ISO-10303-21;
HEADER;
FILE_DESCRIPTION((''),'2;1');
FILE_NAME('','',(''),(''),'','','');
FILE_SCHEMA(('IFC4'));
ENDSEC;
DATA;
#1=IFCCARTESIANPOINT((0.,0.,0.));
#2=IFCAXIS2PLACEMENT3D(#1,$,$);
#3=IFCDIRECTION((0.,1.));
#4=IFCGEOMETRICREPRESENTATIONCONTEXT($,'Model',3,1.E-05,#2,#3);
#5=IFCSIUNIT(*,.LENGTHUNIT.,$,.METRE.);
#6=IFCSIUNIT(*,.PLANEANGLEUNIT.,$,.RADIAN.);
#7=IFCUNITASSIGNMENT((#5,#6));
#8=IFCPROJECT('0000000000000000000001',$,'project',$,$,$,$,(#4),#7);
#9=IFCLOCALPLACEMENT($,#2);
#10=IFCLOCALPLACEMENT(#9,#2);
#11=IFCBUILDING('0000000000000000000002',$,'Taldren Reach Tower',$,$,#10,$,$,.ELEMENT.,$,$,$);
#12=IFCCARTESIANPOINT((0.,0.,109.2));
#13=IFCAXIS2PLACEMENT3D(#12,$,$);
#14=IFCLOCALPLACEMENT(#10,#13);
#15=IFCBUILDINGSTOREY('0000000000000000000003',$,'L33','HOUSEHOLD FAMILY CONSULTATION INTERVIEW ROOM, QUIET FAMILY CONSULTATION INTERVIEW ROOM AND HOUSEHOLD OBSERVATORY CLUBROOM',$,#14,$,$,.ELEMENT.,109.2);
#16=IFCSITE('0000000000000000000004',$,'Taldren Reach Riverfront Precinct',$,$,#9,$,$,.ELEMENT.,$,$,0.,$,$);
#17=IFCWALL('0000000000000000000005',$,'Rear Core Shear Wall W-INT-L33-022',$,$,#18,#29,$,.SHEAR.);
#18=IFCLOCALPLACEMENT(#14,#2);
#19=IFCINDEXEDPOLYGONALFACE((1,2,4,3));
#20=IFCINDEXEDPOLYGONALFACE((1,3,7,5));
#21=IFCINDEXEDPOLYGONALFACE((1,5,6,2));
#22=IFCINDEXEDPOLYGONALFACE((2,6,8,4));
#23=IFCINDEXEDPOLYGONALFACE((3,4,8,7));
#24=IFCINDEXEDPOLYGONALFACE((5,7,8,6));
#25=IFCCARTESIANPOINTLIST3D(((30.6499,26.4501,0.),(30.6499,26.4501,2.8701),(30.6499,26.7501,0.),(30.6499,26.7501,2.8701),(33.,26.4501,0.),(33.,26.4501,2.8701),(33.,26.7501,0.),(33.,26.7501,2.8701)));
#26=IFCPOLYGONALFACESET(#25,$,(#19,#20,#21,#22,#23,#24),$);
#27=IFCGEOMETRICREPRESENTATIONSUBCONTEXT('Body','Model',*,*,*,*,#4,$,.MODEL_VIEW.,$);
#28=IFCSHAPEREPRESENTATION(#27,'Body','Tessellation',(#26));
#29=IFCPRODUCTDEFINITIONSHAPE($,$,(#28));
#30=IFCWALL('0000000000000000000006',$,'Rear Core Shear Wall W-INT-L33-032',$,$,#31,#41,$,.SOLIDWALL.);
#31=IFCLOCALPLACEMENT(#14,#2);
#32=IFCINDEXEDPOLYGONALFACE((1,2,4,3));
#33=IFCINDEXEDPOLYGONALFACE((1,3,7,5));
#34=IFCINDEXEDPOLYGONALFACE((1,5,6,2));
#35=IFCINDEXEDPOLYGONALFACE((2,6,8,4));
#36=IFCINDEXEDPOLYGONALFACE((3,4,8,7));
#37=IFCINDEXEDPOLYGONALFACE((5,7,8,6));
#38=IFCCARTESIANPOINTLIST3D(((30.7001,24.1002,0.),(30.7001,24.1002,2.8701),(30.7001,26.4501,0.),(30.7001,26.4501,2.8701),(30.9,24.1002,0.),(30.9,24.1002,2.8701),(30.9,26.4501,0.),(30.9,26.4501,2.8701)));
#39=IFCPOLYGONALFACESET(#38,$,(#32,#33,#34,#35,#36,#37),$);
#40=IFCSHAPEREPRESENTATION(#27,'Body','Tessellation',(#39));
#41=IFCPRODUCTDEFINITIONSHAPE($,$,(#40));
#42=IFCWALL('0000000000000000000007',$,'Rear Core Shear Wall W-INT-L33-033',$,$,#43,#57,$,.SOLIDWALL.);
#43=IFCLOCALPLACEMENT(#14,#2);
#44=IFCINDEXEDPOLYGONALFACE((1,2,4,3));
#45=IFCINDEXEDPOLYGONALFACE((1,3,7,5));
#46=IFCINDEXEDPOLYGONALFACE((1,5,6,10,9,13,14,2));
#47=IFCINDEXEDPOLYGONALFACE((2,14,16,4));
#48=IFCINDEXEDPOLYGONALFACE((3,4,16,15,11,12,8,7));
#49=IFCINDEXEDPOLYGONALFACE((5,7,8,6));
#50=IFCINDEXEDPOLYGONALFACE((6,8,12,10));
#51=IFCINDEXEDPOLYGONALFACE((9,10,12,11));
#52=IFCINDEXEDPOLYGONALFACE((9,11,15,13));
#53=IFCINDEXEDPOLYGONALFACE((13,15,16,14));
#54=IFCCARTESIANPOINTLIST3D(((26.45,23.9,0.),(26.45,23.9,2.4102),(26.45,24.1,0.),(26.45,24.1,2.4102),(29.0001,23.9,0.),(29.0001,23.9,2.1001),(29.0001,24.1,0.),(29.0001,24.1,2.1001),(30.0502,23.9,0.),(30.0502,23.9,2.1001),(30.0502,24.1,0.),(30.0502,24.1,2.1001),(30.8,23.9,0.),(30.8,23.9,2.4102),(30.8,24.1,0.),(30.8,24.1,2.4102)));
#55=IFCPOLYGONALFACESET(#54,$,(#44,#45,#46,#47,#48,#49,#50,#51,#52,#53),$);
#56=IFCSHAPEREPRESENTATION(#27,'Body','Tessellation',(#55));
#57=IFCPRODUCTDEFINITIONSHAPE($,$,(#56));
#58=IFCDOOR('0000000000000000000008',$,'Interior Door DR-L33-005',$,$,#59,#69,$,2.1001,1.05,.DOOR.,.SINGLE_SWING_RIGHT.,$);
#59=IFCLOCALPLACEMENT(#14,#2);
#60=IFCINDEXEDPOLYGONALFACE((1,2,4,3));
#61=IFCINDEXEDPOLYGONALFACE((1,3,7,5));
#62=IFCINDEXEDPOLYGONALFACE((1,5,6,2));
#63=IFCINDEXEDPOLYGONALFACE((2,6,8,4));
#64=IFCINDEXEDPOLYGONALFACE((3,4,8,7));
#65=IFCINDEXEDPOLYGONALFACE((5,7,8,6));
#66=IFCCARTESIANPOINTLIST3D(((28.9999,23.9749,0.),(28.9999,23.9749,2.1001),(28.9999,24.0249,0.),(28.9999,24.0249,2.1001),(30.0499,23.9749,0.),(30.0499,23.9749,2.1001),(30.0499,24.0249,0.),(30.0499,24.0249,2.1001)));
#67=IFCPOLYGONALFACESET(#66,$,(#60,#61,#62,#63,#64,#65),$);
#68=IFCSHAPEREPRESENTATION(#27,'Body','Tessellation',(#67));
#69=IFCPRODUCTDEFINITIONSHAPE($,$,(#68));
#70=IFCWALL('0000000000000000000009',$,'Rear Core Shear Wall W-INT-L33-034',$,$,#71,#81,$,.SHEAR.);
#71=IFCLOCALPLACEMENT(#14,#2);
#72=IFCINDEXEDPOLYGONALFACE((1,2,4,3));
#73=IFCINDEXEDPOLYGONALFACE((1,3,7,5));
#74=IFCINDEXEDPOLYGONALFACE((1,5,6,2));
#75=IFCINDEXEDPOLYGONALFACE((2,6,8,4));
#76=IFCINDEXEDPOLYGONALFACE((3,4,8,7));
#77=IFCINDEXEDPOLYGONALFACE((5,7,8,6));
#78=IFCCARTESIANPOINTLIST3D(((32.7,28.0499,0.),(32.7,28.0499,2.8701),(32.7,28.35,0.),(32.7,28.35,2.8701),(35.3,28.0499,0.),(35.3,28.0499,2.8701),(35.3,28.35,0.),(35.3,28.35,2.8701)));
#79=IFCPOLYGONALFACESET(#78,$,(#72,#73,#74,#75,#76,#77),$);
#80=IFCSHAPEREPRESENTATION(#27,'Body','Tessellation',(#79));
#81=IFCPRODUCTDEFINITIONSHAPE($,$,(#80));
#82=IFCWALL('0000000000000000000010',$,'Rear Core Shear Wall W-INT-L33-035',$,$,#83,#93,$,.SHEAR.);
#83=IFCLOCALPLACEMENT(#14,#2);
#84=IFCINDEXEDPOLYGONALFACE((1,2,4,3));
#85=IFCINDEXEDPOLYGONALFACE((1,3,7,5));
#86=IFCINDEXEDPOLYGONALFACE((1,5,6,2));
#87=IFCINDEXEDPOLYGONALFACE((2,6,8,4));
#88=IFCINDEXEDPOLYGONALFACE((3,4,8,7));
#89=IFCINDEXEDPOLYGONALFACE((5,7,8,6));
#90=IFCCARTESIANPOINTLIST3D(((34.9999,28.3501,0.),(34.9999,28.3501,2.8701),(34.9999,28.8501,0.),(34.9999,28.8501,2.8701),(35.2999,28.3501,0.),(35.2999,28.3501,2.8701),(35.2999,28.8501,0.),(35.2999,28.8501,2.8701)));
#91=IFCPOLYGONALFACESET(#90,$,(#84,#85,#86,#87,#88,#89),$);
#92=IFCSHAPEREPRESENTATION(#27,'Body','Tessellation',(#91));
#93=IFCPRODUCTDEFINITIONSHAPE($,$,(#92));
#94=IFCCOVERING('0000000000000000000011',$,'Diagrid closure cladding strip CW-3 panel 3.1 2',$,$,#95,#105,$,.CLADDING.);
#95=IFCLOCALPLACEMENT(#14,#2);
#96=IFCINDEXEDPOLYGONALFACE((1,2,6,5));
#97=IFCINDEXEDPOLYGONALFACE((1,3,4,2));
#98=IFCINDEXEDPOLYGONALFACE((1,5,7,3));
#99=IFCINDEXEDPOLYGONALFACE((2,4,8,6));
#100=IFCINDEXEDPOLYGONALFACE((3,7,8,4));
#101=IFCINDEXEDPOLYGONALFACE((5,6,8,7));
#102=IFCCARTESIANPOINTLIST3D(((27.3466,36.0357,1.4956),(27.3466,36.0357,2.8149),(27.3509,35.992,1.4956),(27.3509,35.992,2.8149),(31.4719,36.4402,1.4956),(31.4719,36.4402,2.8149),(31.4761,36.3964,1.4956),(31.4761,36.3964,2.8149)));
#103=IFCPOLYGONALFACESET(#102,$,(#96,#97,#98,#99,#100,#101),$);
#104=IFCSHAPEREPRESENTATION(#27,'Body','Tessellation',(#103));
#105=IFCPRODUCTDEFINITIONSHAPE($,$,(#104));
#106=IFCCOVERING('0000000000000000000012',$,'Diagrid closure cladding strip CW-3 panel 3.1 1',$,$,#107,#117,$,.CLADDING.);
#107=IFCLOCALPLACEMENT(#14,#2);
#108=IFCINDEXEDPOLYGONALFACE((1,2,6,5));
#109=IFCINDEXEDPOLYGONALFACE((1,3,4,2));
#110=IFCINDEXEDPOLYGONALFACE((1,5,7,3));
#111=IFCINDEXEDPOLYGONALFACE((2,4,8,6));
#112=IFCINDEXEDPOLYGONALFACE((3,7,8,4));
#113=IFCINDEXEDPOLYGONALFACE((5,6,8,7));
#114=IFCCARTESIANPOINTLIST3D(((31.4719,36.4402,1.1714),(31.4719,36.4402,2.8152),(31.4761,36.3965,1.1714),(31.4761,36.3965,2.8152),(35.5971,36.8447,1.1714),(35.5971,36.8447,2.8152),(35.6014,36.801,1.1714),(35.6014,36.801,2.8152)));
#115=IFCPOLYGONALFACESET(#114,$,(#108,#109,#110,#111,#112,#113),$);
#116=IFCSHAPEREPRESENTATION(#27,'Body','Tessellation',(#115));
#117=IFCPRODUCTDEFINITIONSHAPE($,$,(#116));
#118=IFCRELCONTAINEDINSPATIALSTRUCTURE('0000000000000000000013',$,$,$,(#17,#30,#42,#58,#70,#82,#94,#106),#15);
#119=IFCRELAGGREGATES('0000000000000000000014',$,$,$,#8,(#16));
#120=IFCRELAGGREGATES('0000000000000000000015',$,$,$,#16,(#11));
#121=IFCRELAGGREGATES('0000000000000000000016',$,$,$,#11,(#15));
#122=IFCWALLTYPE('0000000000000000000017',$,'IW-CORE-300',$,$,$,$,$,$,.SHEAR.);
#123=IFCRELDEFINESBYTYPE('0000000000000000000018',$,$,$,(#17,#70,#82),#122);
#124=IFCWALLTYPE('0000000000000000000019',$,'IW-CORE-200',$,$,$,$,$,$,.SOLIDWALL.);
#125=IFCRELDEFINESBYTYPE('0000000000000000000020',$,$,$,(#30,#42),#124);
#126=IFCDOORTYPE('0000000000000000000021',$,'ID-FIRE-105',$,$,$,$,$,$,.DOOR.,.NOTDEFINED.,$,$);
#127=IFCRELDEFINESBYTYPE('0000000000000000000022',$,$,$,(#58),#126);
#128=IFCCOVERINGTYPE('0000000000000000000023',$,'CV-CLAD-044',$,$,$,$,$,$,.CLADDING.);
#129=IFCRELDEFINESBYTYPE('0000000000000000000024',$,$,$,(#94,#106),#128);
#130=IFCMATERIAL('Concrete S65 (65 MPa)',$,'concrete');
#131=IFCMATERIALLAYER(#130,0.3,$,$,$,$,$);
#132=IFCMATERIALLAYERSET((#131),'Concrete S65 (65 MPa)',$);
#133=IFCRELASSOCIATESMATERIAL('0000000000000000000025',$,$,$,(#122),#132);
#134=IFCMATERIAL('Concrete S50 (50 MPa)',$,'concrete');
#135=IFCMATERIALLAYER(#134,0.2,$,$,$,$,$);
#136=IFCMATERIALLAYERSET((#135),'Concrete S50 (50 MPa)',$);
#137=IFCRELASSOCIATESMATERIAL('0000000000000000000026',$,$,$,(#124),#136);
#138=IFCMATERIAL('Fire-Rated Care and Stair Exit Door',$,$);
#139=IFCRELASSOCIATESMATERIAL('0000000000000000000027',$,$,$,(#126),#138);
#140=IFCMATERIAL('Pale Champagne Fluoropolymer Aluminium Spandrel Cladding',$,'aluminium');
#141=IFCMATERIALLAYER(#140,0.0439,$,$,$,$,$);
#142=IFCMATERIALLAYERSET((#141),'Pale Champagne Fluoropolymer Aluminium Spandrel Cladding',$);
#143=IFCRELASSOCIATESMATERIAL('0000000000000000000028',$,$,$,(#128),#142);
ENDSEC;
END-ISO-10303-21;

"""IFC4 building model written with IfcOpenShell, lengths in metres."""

from ifc_helpers import new_model, si_unit, direction, frame, frame_2d, origin, origin_2d, place, context, subcontext, project, spatial, rectangle, extrude, source, transform, mapped, material, layer, layer_set, type_object, element, fill, save


model = new_model("IFC4")

# Units and contexts
model_context = context("Model", 3, precision=1e-05, world=origin(), true_north=direction((0.0, 1.0)))
body_context = subcontext(model_context, "Body", "Model", "MODEL_VIEW")
ifc_project = project(units=[si_unit("LENGTHUNIT", "METRE"), si_unit("PLANEANGLEUNIT", "RADIAN")], contexts=[model_context])

# Site, building, storey
site_placement = place(None, origin())
site = spatial("IfcSite", under=ifc_project, at=site_placement, Name="Taldren Reach Riverfront Precinct", CompositionType="ELEMENT", RefElevation=0.0)
building_placement = place(site_placement, origin())
building = spatial("IfcBuilding", under=site, at=building_placement, Name="Taldren Reach Tower", CompositionType="ELEMENT")
storey_placement = place(building_placement, frame((0.0, 0.0, 109.2)))
storey = spatial("IfcBuildingStorey", under=building, at=storey_placement, Name="L33", Description="HOUSEHOLD FAMILY CONSULTATION INTERVIEW ROOM, QUIET FAMILY CONSULTATION INTERVIEW ROOM AND HOUSEHOLD OBSERVATORY CLUBROOM", CompositionType="ELEMENT", Elevation=109.2)

# Wall
ifc_material_1 = material(Name="Concrete S65 (65 MPa)", Category="concrete")
ifc_layer_1 = layer(ifc_material_1, 0.3)
ifc_layer_set_1 = layer_set([ifc_layer_1], Name="Concrete S65 (65 MPa)")
wall_type_1 = type_object("IfcWallType", Name="IW-CORE-300", PredefinedType="SHEAR", material=ifc_layer_set_1)
shared_shape_1 = source(origin(), body_context, "Body", "SweptSolid", [
    extrude(rectangle(XDim=2.3501, YDim=0.3, at=frame_2d((1.175, 0.0))), origin(), (0.0, 0.0, 1.0), 2.8701),
])
wall_1_placement = place(storey_placement, frame((30.6499, 26.6001, 0.0), z_axis=(0.0, 0.0, 1.0), x_axis=(1.0, 0.0, 0.0)))
element("IfcWall", 1, at=wall_1_placement, inside=storey, type_object=wall_type_1, Name="Rear Core Shear Wall W-INT-L33-022", PredefinedType="SHEAR", context=body_context, shape_type="MappedRepresentation", body=[
    mapped(shared_shape_1, transform((0.0, 0.0, 0.0), scale=1.0)),
])

# Wall
ifc_material_2 = material(Name="Concrete S50 (50 MPa)", Category="concrete")
ifc_layer_2 = layer(ifc_material_2, 0.2)
ifc_layer_set_2 = layer_set([ifc_layer_2], Name="Concrete S50 (50 MPa)")
wall_type_2 = type_object("IfcWallType", Name="IW-CORE-200", PredefinedType="SOLIDWALL", material=ifc_layer_set_2)
shared_shape_2 = source(origin(), body_context, "Body", "SweptSolid", [
    extrude(rectangle(XDim=2.3499, YDim=0.2, at=frame_2d((1.1748, 0.0))), origin(), (0.0, 0.0, 1.0), 2.8701),
])
wall_2_placement = place(storey_placement, frame((30.8, 26.45, 0.0), z_axis=(0.0, 0.0, 1.0), x_axis=(0.0, -1.0, 0.0)))
element("IfcWall", 2, at=wall_2_placement, inside=storey, type_object=wall_type_2, Name="Rear Core Shear Wall W-INT-L33-032", PredefinedType="SOLIDWALL", context=body_context, shape_type="MappedRepresentation", body=[
    mapped(shared_shape_2, transform((0.0, 0.0, 0.0), scale=1.0)),
])

# Wall, opening, door
shared_shape_3 = source(origin(), body_context, "Body", "SweptSolid", [
    extrude(rectangle(XDim=4.3501, YDim=0.2, at=frame_2d((2.175, 0.0))), origin(), (0.0, 0.0, 1.0), 2.4102),
])
wall_3_placement = place(storey_placement, frame((30.8, 24.0, 0.0), z_axis=(0.0, 0.0, 1.0), x_axis=(-1.0, 0.0, 0.0)))
wall_3 = element("IfcWall", 3, at=wall_3_placement, inside=storey, type_object=wall_type_2, Name="Rear Core Shear Wall W-INT-L33-033", PredefinedType="SOLIDWALL", context=body_context, shape_type="MappedRepresentation", body=[
    mapped(shared_shape_3, transform((0.0, 0.0, 0.0), scale=1.0)),
])
shared_shape_4 = source(origin(), body_context, "Body", "SweptSolid", [
    extrude(rectangle(XDim=1.05, YDim=2.1001, at=frame_2d((0.5249, 1.05))), frame((0.0, 0.1099, 0.0), z_axis=(0.0, -1.0, 0.0), x_axis=(1.0, 0.0, 0.0)), (0.0, 0.0, 1.0), 0.22),
])
opening_1_placement = place(wall_3_placement, frame((0.75, 0.0, 0.0)))
opening_1 = element("IfcOpeningElement", 4, at=opening_1_placement, cuts=wall_3, PredefinedType="OPENING", context=body_context, shape_type="MappedRepresentation", body=[
    mapped(shared_shape_4, transform((0.0, 0.0, 0.0), scale=1.0)),
])
ifc_material_3 = material(Name="Fire-Rated Care and Stair Exit Door")
door_type_1 = type_object("IfcDoorType", Name="ID-FIRE-105", OperationType="NOTDEFINED", PredefinedType="DOOR", material=ifc_material_3)
shared_shape_5 = source(origin(), body_context, "Body", "SweptSolid", [
    extrude(rectangle(XDim=1.05, YDim=2.1001, at=frame_2d((0.5249, 1.05))), frame((0.0, 0.0249, 0.0), z_axis=(0.0, -1.0, 0.0), x_axis=(1.0, 0.0, 0.0)), (0.0, 0.0, 1.0), 0.05),
])
door_1_placement = place(opening_1_placement, frame((1.05, 0.0, 0.0), z_axis=(0.0, 0.0, 1.0), x_axis=(-1.0, 0.0, 0.0)))
door_1 = element("IfcDoor", 5, at=door_1_placement, inside=storey, type_object=door_type_1, Name="Interior Door DR-L33-005", OperationType="SINGLE_SWING_RIGHT", OverallHeight=2.1001, OverallWidth=1.05, PredefinedType="DOOR", context=body_context, shape_type="MappedRepresentation", body=[
    mapped(shared_shape_5, transform((0.0, 0.0, 0.0), scale=1.0)),
])
fill(opening_1, door_1)

# Walls
shared_shape_6 = source(origin(), body_context, "Body", "SweptSolid", [
    extrude(rectangle(XDim=2.6001, YDim=0.3, at=frame_2d((1.3, 0.0))), origin(), (0.0, 0.0, 1.0), 2.8701),
])
wall_4_placement = place(storey_placement, frame((32.7, 28.2, 0.0), z_axis=(0.0, 0.0, 1.0), x_axis=(1.0, 0.0, 0.0)))
element("IfcWall", 6, at=wall_4_placement, inside=storey, type_object=wall_type_1, Name="Rear Core Shear Wall W-INT-L33-034", PredefinedType="SHEAR", context=body_context, shape_type="MappedRepresentation", body=[
    mapped(shared_shape_6, transform((0.0, 0.0, 0.0), scale=1.0)),
])
shared_shape_7 = source(origin(), body_context, "Body", "SweptSolid", [
    extrude(rectangle(XDim=0.5, YDim=0.3, at=frame_2d((0.25, 0.0))), origin(), (0.0, 0.0, 1.0), 2.8701),
])
wall_5_placement = place(storey_placement, frame((35.1499, 28.3501, 0.0), z_axis=(0.0, 0.0, 1.0), x_axis=(0.0, 1.0, 0.0)))
element("IfcWall", 7, at=wall_5_placement, inside=storey, type_object=wall_type_1, Name="Rear Core Shear Wall W-INT-L33-035", PredefinedType="SHEAR", context=body_context, shape_type="MappedRepresentation", body=[
    mapped(shared_shape_7, transform((0.0, 0.0, 0.0), scale=1.0)),
])

# Coverings
ifc_material_4 = material(Name="Pale Champagne Fluoropolymer Aluminium Spandrel Cladding", Category="aluminium")
ifc_layer_3 = layer(ifc_material_4, 0.0439)
ifc_layer_set_3 = layer_set([ifc_layer_3], Name="Pale Champagne Fluoropolymer Aluminium Spandrel Cladding")
covering_type = type_object("IfcCoveringType", Name="CV-CLAD-044", PredefinedType="CLADDING", material=ifc_layer_set_3)
shared_shape_8 = source(origin(), body_context, "Body", "SweptSolid", [
    extrude(rectangle(XDim=4.145, YDim=0.0439, at=origin_2d()), origin(), (0.0, 0.0, 1.0), 1.3193),
])
covering_1_placement = place(storey_placement, frame((29.4114, 36.2161, 1.4956), z_axis=(0.0, 0.0, 1.0), x_axis=(-0.995227, -0.097583, 0.0)))
element("IfcCovering", 8, at=covering_1_placement, inside=storey, type_object=covering_type, Name="Diagrid closure cladding strip CW-3 panel 3.1 2", PredefinedType="CLADDING", context=body_context, shape_type="MappedRepresentation", body=[
    mapped(shared_shape_8, transform((0.0, 0.0, 0.0), scale=1.0)),
])
shared_shape_9 = source(origin(), body_context, "Body", "SweptSolid", [
    extrude(rectangle(XDim=4.145, YDim=0.0439, at=origin_2d()), origin(), (0.0, 0.0, 1.0), 1.6438),
])
covering_2_placement = place(storey_placement, frame((33.5366, 36.6206, 1.1714), z_axis=(0.0, 0.0, 1.0), x_axis=(-0.995227, -0.097583, 0.0)))
element("IfcCovering", 9, at=covering_2_placement, inside=storey, type_object=covering_type, Name="Diagrid closure cladding strip CW-3 panel 3.1 1", PredefinedType="CLADDING", context=body_context, shape_type="MappedRepresentation", body=[
    mapped(shared_shape_9, transform((0.0, 0.0, 0.0), scale=1.0)),
])

save(model, "model.ifc")
